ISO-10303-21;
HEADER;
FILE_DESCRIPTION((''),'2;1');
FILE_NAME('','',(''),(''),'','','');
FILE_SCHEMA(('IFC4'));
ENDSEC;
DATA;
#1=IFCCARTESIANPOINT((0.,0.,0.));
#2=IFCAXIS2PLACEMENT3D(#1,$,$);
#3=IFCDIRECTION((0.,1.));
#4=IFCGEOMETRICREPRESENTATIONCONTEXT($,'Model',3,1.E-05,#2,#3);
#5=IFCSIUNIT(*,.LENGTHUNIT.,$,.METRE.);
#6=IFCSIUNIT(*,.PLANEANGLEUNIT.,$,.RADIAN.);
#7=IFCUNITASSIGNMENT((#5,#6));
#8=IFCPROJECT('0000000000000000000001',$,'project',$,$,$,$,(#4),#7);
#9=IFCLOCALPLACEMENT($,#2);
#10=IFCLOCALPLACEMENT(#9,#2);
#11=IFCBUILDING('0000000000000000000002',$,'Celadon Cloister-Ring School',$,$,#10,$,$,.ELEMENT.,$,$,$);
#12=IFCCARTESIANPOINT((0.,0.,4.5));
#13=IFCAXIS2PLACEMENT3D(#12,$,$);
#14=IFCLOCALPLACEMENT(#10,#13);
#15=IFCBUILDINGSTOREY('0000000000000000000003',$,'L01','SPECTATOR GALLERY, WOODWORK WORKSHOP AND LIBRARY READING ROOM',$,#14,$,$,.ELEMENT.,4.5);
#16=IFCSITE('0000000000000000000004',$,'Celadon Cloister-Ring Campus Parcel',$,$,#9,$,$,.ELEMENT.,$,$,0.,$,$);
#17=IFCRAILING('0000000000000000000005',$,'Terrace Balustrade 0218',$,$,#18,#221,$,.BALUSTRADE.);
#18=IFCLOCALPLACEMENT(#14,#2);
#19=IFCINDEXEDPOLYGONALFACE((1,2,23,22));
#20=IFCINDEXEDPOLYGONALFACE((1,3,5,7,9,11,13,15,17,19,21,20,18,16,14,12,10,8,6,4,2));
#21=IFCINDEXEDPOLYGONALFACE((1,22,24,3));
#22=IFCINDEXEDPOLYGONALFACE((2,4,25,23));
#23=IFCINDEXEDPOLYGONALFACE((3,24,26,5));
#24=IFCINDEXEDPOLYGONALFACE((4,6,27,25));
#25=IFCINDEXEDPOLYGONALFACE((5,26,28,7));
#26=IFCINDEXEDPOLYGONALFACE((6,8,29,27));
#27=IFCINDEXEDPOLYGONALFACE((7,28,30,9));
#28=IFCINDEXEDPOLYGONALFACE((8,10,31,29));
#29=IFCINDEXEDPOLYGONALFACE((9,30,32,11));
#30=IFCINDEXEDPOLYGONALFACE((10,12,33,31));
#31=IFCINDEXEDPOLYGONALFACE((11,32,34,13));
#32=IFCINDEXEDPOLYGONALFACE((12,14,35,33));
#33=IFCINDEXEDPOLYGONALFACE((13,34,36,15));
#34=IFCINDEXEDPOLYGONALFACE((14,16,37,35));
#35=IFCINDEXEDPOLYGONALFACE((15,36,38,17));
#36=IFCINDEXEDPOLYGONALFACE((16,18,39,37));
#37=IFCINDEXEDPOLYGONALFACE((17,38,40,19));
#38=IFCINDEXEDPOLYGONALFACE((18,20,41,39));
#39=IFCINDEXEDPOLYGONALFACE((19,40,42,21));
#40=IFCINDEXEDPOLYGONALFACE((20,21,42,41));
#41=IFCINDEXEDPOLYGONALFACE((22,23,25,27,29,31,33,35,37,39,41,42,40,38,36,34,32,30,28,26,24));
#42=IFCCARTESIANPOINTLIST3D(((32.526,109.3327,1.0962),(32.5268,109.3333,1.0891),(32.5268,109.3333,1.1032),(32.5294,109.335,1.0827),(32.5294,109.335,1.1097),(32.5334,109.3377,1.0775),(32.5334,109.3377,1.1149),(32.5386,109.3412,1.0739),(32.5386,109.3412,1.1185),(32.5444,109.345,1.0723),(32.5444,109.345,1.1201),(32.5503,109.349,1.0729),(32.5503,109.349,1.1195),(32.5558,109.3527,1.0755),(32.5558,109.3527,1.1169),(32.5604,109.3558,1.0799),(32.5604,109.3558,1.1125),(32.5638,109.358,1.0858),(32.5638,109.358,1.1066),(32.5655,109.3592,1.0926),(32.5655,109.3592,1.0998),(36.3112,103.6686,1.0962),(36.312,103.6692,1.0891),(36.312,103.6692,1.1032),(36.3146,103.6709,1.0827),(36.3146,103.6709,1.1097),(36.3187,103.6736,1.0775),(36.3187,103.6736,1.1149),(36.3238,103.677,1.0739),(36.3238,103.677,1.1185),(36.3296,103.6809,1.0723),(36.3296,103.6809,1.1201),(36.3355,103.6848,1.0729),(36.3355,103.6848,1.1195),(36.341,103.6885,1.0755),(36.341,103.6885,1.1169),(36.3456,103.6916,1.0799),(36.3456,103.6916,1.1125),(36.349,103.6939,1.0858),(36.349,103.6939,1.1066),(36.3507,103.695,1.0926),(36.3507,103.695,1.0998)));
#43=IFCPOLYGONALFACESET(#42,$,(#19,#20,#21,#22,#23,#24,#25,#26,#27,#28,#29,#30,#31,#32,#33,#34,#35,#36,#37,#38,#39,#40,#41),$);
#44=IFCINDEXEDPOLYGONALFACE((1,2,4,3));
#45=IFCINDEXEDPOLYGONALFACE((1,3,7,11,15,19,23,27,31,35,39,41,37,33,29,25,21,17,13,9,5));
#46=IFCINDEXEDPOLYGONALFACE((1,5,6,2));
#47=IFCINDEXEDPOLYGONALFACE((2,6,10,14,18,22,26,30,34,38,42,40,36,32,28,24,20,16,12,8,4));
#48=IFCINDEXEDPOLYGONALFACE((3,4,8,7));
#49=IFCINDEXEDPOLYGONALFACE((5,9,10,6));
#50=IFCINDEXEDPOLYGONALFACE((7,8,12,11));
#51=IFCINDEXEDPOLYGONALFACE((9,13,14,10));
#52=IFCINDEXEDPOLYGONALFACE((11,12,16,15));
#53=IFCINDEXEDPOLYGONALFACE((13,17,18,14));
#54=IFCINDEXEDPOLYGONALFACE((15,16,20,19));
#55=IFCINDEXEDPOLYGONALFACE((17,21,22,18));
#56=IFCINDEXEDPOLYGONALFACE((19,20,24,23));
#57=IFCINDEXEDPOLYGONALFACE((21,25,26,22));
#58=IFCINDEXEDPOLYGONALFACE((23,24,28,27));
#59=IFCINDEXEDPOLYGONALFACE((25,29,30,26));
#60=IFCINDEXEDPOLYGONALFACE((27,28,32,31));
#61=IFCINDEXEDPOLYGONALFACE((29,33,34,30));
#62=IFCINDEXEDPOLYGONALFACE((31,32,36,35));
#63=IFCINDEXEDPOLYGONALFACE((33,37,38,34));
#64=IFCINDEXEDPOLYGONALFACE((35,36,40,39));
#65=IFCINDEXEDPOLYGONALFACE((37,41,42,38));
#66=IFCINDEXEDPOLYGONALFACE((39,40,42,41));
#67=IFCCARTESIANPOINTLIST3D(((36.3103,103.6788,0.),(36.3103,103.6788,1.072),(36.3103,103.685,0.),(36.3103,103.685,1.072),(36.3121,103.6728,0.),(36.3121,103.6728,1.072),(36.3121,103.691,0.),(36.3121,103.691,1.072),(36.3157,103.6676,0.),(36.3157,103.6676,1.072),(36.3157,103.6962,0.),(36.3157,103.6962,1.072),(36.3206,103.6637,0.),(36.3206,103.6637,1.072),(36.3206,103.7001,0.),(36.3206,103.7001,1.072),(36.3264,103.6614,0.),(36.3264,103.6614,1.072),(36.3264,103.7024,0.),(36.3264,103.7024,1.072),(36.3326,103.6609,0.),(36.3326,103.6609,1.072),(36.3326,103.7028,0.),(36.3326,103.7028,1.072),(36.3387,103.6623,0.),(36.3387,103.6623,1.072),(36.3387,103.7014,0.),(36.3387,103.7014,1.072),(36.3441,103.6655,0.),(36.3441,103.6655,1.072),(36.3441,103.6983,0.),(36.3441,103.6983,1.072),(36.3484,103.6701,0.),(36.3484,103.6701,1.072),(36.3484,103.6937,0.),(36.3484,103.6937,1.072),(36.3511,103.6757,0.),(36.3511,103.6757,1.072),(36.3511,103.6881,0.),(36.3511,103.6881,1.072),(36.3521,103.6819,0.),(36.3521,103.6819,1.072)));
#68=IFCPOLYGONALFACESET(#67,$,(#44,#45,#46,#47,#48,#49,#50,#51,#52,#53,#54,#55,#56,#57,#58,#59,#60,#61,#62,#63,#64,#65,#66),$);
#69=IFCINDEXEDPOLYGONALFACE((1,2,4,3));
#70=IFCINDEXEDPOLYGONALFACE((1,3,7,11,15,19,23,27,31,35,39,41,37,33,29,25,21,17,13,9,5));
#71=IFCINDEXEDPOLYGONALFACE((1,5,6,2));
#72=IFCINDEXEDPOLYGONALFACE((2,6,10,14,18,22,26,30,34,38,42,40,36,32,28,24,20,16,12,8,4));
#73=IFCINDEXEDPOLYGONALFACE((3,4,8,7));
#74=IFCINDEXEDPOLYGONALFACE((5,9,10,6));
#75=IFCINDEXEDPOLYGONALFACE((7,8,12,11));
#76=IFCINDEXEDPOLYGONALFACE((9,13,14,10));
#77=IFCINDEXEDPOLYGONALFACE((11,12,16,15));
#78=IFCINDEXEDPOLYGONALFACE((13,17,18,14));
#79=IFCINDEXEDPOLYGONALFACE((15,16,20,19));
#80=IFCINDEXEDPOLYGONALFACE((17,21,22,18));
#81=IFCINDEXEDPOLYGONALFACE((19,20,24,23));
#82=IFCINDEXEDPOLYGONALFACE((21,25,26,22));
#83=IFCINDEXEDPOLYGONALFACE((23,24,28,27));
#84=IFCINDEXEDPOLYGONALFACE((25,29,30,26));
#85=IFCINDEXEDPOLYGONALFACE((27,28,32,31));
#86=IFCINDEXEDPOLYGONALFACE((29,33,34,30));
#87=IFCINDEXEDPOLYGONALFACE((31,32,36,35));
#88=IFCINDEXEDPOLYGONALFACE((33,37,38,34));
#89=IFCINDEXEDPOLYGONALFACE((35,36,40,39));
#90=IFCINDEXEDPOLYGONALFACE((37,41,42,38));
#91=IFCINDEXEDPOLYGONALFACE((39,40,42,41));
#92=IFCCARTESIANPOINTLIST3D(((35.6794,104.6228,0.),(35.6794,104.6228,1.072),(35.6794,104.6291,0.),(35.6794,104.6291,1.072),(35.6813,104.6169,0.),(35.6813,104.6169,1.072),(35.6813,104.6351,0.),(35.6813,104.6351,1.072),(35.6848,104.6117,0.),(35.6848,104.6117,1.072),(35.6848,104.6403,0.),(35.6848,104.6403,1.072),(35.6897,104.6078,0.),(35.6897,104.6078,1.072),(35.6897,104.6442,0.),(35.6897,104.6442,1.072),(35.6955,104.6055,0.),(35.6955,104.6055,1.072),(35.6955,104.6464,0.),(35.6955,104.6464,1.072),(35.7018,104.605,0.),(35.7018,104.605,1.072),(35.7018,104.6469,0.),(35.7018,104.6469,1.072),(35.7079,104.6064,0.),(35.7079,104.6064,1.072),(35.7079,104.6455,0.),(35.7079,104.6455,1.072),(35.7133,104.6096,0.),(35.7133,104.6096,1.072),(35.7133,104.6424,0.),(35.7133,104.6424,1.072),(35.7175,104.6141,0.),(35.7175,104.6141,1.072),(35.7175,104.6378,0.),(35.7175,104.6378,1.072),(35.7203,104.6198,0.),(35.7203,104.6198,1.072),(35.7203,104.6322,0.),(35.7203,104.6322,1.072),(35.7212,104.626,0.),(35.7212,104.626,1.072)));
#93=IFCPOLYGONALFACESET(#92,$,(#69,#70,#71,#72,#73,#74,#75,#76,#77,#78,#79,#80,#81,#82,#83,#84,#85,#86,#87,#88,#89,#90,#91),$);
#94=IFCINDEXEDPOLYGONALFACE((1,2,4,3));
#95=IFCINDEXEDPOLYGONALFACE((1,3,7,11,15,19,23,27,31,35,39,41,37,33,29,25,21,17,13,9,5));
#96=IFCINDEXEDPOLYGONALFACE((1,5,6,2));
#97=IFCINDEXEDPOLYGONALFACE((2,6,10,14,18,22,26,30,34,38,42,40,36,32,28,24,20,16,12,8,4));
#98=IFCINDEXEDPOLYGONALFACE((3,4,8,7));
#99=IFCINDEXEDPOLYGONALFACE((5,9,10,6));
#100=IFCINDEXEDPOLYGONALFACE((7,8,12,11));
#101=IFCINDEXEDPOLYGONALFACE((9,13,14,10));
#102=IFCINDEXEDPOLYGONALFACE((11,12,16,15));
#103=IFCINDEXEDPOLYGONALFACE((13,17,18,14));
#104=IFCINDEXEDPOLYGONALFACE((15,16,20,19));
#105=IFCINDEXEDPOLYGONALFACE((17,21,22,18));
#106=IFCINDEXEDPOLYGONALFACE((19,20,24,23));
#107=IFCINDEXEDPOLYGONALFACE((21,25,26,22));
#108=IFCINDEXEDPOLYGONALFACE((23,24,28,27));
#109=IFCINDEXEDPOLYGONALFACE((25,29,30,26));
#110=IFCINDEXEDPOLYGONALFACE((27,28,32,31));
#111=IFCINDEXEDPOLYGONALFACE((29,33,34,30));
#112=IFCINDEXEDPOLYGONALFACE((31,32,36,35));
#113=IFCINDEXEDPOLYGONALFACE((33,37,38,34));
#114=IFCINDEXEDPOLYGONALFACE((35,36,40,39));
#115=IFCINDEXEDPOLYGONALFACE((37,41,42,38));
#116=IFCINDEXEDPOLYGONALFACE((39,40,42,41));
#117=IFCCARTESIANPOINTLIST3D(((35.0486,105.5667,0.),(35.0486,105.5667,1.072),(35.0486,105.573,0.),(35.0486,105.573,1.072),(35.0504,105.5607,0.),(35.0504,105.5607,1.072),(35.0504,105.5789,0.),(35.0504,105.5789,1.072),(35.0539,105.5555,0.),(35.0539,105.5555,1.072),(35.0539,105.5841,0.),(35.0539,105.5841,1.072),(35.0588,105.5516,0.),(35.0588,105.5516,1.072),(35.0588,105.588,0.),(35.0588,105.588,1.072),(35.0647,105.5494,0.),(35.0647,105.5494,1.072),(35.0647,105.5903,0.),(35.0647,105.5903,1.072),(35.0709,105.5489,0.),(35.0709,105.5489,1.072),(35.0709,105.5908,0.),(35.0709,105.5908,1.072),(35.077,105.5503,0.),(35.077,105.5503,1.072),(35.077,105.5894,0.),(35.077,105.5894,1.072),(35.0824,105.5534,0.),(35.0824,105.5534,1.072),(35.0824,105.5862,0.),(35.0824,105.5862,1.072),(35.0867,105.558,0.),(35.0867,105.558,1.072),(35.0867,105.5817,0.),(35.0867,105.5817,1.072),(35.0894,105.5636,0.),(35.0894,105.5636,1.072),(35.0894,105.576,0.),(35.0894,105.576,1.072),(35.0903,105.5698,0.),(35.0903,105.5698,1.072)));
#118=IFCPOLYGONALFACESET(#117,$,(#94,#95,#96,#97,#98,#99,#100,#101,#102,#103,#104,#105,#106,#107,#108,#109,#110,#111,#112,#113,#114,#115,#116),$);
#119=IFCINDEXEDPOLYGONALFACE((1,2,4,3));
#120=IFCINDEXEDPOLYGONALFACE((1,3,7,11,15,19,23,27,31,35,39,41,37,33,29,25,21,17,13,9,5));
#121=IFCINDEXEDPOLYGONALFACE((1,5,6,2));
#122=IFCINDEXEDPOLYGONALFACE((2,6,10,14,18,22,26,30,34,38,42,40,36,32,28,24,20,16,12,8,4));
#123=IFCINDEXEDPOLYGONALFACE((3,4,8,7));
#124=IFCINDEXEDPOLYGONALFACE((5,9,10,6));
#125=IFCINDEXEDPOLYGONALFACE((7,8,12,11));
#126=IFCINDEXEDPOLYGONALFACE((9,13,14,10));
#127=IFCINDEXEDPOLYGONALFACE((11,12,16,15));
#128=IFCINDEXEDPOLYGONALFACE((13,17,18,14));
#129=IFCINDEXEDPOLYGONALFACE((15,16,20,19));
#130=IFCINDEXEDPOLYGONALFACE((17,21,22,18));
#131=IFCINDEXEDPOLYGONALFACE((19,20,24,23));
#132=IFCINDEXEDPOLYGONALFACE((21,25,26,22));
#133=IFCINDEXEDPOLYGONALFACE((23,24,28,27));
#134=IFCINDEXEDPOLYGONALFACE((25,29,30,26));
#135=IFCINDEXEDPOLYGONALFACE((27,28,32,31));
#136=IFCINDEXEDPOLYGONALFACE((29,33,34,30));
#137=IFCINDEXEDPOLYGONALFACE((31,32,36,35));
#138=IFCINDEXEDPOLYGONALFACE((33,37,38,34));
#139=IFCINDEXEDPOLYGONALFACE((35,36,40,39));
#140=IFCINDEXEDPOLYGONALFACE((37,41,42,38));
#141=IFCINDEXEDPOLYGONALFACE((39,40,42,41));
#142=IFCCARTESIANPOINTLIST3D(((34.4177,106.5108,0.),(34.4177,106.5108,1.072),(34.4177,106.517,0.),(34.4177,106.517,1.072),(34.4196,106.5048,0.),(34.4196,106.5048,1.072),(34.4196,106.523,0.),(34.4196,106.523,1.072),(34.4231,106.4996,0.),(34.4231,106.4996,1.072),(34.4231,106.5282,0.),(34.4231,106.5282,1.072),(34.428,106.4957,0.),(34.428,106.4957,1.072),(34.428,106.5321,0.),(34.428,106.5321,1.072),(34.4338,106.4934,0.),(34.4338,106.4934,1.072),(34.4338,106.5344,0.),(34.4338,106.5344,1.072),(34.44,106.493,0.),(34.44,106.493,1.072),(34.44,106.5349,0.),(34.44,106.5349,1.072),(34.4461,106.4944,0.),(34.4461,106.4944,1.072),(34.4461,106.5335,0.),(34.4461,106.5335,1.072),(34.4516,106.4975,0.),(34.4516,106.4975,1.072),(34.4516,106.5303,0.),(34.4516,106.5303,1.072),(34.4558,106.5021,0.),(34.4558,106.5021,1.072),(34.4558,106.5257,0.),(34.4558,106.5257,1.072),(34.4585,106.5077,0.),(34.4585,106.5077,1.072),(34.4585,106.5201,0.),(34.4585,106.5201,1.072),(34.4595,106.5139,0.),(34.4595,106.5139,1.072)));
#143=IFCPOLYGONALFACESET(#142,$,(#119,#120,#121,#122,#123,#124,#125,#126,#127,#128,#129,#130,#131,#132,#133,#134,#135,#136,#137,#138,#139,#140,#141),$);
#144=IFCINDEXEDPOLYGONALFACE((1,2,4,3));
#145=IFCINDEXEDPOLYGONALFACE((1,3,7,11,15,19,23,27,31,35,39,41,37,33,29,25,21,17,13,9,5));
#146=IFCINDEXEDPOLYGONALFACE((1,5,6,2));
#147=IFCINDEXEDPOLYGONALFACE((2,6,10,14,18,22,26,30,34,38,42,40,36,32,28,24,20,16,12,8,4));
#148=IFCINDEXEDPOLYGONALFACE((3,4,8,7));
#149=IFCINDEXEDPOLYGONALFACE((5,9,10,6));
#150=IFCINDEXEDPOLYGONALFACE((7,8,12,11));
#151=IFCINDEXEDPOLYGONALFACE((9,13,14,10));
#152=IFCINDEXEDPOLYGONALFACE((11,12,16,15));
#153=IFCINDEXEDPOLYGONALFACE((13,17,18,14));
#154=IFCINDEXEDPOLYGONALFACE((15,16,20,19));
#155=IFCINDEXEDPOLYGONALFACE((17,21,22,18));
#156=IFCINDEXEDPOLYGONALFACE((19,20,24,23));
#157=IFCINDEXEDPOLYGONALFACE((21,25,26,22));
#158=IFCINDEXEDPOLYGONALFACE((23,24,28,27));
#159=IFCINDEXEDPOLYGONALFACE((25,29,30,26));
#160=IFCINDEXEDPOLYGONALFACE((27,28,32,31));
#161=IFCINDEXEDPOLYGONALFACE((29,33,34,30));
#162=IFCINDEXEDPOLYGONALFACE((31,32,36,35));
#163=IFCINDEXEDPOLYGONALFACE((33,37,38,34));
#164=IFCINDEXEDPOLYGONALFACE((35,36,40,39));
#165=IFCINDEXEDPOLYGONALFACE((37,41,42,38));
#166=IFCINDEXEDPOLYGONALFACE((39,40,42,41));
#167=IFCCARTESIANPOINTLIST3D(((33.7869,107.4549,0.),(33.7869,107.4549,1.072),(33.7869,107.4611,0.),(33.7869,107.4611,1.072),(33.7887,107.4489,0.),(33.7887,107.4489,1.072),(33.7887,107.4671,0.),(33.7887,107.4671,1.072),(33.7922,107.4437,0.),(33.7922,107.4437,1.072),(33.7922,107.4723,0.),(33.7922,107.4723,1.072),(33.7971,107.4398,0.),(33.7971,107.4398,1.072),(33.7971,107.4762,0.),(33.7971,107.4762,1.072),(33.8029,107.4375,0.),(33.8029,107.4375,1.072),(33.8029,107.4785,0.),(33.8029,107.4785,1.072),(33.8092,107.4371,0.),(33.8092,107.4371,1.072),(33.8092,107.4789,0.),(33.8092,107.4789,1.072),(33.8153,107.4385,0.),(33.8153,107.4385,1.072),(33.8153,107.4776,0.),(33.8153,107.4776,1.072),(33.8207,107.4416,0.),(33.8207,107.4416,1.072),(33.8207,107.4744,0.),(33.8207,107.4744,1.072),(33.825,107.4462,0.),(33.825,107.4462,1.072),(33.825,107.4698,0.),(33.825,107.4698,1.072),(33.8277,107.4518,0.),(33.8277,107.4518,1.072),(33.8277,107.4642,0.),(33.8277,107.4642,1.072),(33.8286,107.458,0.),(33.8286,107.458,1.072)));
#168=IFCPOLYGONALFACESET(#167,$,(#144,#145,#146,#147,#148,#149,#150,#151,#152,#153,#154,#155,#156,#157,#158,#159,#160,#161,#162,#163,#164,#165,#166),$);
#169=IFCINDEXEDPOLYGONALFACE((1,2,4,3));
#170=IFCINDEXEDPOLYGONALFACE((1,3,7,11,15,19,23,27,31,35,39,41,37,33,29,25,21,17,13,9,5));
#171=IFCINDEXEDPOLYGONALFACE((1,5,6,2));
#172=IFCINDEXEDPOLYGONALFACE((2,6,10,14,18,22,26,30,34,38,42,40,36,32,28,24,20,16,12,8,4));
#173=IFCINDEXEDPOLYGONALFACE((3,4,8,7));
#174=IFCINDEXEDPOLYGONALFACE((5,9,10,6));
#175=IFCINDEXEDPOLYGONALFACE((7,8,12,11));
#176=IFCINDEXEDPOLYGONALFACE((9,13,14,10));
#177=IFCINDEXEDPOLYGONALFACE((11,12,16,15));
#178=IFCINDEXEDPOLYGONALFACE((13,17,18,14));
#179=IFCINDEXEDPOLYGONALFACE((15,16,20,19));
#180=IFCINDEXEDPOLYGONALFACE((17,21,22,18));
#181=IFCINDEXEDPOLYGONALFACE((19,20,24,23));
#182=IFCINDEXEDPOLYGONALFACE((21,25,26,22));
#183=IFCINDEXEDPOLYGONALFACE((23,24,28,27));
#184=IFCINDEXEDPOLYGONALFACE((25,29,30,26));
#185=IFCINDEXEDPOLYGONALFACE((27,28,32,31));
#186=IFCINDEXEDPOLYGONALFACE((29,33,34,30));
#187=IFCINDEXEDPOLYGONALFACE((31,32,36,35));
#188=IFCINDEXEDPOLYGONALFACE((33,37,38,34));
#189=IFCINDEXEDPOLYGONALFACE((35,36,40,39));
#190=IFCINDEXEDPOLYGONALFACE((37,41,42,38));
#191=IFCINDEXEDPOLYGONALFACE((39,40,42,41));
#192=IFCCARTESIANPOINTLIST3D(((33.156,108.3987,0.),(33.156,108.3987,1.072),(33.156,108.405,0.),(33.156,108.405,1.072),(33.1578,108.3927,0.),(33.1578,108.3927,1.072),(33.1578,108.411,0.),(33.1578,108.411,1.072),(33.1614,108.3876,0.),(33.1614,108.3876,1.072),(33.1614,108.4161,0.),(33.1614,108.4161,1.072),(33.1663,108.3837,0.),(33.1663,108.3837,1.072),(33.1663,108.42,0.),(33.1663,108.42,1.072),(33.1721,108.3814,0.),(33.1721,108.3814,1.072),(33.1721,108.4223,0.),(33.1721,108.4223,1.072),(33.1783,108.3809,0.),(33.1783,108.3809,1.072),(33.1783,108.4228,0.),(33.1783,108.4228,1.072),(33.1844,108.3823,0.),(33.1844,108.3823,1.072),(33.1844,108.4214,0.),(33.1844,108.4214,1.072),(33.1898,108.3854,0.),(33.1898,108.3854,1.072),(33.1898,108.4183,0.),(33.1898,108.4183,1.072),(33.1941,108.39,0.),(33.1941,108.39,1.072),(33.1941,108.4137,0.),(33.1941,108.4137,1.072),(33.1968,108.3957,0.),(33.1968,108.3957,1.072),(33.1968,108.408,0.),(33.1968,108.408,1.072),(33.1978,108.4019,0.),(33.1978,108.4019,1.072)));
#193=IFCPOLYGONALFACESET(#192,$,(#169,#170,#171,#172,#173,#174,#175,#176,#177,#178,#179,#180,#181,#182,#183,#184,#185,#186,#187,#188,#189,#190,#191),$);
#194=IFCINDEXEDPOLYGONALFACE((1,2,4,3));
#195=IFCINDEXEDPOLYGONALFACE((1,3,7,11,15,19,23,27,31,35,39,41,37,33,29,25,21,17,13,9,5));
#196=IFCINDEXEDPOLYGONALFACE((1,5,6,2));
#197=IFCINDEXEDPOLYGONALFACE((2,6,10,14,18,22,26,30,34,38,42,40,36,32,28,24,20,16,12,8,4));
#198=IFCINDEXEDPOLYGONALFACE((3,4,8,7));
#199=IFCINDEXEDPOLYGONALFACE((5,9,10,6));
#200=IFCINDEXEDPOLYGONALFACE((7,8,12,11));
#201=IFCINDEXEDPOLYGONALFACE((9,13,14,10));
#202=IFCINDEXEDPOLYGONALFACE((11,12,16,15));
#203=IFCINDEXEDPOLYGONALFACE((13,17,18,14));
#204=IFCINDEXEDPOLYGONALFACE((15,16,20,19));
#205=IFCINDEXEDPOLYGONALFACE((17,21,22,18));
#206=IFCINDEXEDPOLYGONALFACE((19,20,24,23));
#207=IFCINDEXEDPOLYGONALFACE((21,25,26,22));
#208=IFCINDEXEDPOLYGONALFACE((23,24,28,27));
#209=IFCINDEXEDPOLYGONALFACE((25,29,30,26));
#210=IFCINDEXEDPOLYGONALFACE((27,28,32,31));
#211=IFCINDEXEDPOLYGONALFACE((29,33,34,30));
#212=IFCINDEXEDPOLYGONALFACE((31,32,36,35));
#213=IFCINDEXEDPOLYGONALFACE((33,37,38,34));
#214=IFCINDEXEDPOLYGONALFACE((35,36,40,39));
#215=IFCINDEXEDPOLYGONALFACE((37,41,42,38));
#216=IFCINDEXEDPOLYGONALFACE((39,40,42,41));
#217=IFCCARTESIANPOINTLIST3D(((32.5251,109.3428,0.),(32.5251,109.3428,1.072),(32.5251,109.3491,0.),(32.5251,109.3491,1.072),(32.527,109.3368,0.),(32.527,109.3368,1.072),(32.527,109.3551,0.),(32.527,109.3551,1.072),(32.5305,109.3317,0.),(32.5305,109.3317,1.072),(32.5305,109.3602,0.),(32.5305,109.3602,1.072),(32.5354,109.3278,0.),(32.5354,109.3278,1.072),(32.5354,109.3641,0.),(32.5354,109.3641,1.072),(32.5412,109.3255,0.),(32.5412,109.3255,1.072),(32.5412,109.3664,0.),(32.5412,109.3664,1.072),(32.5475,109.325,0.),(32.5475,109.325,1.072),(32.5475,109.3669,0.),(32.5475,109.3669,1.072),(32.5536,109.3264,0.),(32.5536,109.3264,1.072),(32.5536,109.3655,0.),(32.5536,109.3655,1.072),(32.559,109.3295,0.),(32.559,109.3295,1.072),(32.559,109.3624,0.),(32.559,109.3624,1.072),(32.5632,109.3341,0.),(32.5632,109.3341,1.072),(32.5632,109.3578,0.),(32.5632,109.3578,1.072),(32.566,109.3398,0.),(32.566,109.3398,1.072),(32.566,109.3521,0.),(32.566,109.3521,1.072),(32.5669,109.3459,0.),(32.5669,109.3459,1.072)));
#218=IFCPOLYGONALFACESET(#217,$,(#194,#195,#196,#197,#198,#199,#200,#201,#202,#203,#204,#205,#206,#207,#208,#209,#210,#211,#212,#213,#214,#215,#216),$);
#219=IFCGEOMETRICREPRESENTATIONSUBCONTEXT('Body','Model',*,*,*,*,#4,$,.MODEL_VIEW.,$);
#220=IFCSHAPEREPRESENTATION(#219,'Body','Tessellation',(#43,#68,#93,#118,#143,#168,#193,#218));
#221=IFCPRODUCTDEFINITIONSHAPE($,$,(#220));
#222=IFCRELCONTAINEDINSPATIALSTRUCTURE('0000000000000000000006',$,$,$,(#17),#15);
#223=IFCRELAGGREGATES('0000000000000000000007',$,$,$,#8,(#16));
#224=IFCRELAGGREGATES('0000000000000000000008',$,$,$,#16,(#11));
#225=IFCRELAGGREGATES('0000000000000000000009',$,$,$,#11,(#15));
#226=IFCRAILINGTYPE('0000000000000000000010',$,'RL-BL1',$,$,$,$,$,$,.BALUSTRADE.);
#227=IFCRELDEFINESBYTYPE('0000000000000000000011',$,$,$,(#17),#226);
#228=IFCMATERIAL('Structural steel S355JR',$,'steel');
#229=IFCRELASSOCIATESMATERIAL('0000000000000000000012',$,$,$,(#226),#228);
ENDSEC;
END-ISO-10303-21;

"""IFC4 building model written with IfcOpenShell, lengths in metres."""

from ifc_helpers import new_model, si_unit, direction, frame, origin, origin_2d, place, context, subcontext, project, spatial, circle, extrude, material, type_object, element, save


model = new_model("IFC4")

# Units and contexts
model_context = context("Model", 3, precision=1e-05, world=origin(), true_north=direction((0.0, 1.0)))
body_context = subcontext(model_context, "Body", "Model", "MODEL_VIEW")
ifc_project = project(units=[si_unit("LENGTHUNIT", "METRE"), si_unit("PLANEANGLEUNIT", "RADIAN")], contexts=[model_context])

# Site, building, storey
site_placement = place(None, origin())
site = spatial("IfcSite", under=ifc_project, at=site_placement, Name="Celadon Cloister-Ring Campus Parcel", CompositionType="ELEMENT", RefElevation=0.0)
building_placement = place(site_placement, origin())
building = spatial("IfcBuilding", under=site, at=building_placement, Name="Celadon Cloister-Ring School", CompositionType="ELEMENT")
storey_placement = place(building_placement, frame((0.0, 0.0, 4.5)))
storey = spatial("IfcBuildingStorey", under=building, at=storey_placement, Name="L01", Description="SPECTATOR GALLERY, WOODWORK WORKSHOP AND LIBRARY READING ROOM", CompositionType="ELEMENT", Elevation=4.5)

# Railing
ifc_material_1 = material(Name="Structural steel S355JR", Category="steel")
railing_type = type_object("IfcRailingType", Name="RL-BL1", PredefinedType="BALUSTRADE", material=ifc_material_1)
railing_1_placement = place(storey_placement, frame((36.3311, 103.6819, 0.0)))
element("IfcRailing", 1, at=railing_1_placement, inside=storey, type_object=railing_type, Name="Terrace Balustrade 0218", PredefinedType="BALUSTRADE", context=body_context, shape_type="SweptSolid", body=[
    extrude(circle(Radius=0.0239, at=origin_2d()), frame((0.0, 0.0, 1.0962), z_axis=(-0.555626, 0.831432, 0.0), x_axis=(-0.831432, -0.555626, 0.0)), (0.0, 0.0, 1.0), 6.8125),
    extrude(circle(Radius=0.021, at=origin_2d()), origin(), (0.0, 0.0, 1.0), 1.072),
    extrude(circle(Radius=0.021, at=origin_2d()), frame((-0.6309, 0.9441, 0.0)), (0.0, 0.0, 1.0), 1.072),
    extrude(circle(Radius=0.021, at=origin_2d()), frame((-1.2617, 1.8879, 0.0)), (0.0, 0.0, 1.0), 1.072),
    extrude(circle(Radius=0.021, at=origin_2d()), frame((-1.8926, 2.832, 0.0)), (0.0, 0.0, 1.0), 1.072),
    extrude(circle(Radius=0.021, at=origin_2d()), frame((-2.5234, 3.7761, 0.0)), (0.0, 0.0, 1.0), 1.072),
    extrude(circle(Radius=0.021, at=origin_2d()), frame((-3.1543, 4.72, 0.0)), (0.0, 0.0, 1.0), 1.072),
    extrude(circle(Radius=0.021, at=origin_2d()), frame((-3.7852, 5.6641, 0.0)), (0.0, 0.0, 1.0), 1.072),
])

save(model, "model.ifc")
